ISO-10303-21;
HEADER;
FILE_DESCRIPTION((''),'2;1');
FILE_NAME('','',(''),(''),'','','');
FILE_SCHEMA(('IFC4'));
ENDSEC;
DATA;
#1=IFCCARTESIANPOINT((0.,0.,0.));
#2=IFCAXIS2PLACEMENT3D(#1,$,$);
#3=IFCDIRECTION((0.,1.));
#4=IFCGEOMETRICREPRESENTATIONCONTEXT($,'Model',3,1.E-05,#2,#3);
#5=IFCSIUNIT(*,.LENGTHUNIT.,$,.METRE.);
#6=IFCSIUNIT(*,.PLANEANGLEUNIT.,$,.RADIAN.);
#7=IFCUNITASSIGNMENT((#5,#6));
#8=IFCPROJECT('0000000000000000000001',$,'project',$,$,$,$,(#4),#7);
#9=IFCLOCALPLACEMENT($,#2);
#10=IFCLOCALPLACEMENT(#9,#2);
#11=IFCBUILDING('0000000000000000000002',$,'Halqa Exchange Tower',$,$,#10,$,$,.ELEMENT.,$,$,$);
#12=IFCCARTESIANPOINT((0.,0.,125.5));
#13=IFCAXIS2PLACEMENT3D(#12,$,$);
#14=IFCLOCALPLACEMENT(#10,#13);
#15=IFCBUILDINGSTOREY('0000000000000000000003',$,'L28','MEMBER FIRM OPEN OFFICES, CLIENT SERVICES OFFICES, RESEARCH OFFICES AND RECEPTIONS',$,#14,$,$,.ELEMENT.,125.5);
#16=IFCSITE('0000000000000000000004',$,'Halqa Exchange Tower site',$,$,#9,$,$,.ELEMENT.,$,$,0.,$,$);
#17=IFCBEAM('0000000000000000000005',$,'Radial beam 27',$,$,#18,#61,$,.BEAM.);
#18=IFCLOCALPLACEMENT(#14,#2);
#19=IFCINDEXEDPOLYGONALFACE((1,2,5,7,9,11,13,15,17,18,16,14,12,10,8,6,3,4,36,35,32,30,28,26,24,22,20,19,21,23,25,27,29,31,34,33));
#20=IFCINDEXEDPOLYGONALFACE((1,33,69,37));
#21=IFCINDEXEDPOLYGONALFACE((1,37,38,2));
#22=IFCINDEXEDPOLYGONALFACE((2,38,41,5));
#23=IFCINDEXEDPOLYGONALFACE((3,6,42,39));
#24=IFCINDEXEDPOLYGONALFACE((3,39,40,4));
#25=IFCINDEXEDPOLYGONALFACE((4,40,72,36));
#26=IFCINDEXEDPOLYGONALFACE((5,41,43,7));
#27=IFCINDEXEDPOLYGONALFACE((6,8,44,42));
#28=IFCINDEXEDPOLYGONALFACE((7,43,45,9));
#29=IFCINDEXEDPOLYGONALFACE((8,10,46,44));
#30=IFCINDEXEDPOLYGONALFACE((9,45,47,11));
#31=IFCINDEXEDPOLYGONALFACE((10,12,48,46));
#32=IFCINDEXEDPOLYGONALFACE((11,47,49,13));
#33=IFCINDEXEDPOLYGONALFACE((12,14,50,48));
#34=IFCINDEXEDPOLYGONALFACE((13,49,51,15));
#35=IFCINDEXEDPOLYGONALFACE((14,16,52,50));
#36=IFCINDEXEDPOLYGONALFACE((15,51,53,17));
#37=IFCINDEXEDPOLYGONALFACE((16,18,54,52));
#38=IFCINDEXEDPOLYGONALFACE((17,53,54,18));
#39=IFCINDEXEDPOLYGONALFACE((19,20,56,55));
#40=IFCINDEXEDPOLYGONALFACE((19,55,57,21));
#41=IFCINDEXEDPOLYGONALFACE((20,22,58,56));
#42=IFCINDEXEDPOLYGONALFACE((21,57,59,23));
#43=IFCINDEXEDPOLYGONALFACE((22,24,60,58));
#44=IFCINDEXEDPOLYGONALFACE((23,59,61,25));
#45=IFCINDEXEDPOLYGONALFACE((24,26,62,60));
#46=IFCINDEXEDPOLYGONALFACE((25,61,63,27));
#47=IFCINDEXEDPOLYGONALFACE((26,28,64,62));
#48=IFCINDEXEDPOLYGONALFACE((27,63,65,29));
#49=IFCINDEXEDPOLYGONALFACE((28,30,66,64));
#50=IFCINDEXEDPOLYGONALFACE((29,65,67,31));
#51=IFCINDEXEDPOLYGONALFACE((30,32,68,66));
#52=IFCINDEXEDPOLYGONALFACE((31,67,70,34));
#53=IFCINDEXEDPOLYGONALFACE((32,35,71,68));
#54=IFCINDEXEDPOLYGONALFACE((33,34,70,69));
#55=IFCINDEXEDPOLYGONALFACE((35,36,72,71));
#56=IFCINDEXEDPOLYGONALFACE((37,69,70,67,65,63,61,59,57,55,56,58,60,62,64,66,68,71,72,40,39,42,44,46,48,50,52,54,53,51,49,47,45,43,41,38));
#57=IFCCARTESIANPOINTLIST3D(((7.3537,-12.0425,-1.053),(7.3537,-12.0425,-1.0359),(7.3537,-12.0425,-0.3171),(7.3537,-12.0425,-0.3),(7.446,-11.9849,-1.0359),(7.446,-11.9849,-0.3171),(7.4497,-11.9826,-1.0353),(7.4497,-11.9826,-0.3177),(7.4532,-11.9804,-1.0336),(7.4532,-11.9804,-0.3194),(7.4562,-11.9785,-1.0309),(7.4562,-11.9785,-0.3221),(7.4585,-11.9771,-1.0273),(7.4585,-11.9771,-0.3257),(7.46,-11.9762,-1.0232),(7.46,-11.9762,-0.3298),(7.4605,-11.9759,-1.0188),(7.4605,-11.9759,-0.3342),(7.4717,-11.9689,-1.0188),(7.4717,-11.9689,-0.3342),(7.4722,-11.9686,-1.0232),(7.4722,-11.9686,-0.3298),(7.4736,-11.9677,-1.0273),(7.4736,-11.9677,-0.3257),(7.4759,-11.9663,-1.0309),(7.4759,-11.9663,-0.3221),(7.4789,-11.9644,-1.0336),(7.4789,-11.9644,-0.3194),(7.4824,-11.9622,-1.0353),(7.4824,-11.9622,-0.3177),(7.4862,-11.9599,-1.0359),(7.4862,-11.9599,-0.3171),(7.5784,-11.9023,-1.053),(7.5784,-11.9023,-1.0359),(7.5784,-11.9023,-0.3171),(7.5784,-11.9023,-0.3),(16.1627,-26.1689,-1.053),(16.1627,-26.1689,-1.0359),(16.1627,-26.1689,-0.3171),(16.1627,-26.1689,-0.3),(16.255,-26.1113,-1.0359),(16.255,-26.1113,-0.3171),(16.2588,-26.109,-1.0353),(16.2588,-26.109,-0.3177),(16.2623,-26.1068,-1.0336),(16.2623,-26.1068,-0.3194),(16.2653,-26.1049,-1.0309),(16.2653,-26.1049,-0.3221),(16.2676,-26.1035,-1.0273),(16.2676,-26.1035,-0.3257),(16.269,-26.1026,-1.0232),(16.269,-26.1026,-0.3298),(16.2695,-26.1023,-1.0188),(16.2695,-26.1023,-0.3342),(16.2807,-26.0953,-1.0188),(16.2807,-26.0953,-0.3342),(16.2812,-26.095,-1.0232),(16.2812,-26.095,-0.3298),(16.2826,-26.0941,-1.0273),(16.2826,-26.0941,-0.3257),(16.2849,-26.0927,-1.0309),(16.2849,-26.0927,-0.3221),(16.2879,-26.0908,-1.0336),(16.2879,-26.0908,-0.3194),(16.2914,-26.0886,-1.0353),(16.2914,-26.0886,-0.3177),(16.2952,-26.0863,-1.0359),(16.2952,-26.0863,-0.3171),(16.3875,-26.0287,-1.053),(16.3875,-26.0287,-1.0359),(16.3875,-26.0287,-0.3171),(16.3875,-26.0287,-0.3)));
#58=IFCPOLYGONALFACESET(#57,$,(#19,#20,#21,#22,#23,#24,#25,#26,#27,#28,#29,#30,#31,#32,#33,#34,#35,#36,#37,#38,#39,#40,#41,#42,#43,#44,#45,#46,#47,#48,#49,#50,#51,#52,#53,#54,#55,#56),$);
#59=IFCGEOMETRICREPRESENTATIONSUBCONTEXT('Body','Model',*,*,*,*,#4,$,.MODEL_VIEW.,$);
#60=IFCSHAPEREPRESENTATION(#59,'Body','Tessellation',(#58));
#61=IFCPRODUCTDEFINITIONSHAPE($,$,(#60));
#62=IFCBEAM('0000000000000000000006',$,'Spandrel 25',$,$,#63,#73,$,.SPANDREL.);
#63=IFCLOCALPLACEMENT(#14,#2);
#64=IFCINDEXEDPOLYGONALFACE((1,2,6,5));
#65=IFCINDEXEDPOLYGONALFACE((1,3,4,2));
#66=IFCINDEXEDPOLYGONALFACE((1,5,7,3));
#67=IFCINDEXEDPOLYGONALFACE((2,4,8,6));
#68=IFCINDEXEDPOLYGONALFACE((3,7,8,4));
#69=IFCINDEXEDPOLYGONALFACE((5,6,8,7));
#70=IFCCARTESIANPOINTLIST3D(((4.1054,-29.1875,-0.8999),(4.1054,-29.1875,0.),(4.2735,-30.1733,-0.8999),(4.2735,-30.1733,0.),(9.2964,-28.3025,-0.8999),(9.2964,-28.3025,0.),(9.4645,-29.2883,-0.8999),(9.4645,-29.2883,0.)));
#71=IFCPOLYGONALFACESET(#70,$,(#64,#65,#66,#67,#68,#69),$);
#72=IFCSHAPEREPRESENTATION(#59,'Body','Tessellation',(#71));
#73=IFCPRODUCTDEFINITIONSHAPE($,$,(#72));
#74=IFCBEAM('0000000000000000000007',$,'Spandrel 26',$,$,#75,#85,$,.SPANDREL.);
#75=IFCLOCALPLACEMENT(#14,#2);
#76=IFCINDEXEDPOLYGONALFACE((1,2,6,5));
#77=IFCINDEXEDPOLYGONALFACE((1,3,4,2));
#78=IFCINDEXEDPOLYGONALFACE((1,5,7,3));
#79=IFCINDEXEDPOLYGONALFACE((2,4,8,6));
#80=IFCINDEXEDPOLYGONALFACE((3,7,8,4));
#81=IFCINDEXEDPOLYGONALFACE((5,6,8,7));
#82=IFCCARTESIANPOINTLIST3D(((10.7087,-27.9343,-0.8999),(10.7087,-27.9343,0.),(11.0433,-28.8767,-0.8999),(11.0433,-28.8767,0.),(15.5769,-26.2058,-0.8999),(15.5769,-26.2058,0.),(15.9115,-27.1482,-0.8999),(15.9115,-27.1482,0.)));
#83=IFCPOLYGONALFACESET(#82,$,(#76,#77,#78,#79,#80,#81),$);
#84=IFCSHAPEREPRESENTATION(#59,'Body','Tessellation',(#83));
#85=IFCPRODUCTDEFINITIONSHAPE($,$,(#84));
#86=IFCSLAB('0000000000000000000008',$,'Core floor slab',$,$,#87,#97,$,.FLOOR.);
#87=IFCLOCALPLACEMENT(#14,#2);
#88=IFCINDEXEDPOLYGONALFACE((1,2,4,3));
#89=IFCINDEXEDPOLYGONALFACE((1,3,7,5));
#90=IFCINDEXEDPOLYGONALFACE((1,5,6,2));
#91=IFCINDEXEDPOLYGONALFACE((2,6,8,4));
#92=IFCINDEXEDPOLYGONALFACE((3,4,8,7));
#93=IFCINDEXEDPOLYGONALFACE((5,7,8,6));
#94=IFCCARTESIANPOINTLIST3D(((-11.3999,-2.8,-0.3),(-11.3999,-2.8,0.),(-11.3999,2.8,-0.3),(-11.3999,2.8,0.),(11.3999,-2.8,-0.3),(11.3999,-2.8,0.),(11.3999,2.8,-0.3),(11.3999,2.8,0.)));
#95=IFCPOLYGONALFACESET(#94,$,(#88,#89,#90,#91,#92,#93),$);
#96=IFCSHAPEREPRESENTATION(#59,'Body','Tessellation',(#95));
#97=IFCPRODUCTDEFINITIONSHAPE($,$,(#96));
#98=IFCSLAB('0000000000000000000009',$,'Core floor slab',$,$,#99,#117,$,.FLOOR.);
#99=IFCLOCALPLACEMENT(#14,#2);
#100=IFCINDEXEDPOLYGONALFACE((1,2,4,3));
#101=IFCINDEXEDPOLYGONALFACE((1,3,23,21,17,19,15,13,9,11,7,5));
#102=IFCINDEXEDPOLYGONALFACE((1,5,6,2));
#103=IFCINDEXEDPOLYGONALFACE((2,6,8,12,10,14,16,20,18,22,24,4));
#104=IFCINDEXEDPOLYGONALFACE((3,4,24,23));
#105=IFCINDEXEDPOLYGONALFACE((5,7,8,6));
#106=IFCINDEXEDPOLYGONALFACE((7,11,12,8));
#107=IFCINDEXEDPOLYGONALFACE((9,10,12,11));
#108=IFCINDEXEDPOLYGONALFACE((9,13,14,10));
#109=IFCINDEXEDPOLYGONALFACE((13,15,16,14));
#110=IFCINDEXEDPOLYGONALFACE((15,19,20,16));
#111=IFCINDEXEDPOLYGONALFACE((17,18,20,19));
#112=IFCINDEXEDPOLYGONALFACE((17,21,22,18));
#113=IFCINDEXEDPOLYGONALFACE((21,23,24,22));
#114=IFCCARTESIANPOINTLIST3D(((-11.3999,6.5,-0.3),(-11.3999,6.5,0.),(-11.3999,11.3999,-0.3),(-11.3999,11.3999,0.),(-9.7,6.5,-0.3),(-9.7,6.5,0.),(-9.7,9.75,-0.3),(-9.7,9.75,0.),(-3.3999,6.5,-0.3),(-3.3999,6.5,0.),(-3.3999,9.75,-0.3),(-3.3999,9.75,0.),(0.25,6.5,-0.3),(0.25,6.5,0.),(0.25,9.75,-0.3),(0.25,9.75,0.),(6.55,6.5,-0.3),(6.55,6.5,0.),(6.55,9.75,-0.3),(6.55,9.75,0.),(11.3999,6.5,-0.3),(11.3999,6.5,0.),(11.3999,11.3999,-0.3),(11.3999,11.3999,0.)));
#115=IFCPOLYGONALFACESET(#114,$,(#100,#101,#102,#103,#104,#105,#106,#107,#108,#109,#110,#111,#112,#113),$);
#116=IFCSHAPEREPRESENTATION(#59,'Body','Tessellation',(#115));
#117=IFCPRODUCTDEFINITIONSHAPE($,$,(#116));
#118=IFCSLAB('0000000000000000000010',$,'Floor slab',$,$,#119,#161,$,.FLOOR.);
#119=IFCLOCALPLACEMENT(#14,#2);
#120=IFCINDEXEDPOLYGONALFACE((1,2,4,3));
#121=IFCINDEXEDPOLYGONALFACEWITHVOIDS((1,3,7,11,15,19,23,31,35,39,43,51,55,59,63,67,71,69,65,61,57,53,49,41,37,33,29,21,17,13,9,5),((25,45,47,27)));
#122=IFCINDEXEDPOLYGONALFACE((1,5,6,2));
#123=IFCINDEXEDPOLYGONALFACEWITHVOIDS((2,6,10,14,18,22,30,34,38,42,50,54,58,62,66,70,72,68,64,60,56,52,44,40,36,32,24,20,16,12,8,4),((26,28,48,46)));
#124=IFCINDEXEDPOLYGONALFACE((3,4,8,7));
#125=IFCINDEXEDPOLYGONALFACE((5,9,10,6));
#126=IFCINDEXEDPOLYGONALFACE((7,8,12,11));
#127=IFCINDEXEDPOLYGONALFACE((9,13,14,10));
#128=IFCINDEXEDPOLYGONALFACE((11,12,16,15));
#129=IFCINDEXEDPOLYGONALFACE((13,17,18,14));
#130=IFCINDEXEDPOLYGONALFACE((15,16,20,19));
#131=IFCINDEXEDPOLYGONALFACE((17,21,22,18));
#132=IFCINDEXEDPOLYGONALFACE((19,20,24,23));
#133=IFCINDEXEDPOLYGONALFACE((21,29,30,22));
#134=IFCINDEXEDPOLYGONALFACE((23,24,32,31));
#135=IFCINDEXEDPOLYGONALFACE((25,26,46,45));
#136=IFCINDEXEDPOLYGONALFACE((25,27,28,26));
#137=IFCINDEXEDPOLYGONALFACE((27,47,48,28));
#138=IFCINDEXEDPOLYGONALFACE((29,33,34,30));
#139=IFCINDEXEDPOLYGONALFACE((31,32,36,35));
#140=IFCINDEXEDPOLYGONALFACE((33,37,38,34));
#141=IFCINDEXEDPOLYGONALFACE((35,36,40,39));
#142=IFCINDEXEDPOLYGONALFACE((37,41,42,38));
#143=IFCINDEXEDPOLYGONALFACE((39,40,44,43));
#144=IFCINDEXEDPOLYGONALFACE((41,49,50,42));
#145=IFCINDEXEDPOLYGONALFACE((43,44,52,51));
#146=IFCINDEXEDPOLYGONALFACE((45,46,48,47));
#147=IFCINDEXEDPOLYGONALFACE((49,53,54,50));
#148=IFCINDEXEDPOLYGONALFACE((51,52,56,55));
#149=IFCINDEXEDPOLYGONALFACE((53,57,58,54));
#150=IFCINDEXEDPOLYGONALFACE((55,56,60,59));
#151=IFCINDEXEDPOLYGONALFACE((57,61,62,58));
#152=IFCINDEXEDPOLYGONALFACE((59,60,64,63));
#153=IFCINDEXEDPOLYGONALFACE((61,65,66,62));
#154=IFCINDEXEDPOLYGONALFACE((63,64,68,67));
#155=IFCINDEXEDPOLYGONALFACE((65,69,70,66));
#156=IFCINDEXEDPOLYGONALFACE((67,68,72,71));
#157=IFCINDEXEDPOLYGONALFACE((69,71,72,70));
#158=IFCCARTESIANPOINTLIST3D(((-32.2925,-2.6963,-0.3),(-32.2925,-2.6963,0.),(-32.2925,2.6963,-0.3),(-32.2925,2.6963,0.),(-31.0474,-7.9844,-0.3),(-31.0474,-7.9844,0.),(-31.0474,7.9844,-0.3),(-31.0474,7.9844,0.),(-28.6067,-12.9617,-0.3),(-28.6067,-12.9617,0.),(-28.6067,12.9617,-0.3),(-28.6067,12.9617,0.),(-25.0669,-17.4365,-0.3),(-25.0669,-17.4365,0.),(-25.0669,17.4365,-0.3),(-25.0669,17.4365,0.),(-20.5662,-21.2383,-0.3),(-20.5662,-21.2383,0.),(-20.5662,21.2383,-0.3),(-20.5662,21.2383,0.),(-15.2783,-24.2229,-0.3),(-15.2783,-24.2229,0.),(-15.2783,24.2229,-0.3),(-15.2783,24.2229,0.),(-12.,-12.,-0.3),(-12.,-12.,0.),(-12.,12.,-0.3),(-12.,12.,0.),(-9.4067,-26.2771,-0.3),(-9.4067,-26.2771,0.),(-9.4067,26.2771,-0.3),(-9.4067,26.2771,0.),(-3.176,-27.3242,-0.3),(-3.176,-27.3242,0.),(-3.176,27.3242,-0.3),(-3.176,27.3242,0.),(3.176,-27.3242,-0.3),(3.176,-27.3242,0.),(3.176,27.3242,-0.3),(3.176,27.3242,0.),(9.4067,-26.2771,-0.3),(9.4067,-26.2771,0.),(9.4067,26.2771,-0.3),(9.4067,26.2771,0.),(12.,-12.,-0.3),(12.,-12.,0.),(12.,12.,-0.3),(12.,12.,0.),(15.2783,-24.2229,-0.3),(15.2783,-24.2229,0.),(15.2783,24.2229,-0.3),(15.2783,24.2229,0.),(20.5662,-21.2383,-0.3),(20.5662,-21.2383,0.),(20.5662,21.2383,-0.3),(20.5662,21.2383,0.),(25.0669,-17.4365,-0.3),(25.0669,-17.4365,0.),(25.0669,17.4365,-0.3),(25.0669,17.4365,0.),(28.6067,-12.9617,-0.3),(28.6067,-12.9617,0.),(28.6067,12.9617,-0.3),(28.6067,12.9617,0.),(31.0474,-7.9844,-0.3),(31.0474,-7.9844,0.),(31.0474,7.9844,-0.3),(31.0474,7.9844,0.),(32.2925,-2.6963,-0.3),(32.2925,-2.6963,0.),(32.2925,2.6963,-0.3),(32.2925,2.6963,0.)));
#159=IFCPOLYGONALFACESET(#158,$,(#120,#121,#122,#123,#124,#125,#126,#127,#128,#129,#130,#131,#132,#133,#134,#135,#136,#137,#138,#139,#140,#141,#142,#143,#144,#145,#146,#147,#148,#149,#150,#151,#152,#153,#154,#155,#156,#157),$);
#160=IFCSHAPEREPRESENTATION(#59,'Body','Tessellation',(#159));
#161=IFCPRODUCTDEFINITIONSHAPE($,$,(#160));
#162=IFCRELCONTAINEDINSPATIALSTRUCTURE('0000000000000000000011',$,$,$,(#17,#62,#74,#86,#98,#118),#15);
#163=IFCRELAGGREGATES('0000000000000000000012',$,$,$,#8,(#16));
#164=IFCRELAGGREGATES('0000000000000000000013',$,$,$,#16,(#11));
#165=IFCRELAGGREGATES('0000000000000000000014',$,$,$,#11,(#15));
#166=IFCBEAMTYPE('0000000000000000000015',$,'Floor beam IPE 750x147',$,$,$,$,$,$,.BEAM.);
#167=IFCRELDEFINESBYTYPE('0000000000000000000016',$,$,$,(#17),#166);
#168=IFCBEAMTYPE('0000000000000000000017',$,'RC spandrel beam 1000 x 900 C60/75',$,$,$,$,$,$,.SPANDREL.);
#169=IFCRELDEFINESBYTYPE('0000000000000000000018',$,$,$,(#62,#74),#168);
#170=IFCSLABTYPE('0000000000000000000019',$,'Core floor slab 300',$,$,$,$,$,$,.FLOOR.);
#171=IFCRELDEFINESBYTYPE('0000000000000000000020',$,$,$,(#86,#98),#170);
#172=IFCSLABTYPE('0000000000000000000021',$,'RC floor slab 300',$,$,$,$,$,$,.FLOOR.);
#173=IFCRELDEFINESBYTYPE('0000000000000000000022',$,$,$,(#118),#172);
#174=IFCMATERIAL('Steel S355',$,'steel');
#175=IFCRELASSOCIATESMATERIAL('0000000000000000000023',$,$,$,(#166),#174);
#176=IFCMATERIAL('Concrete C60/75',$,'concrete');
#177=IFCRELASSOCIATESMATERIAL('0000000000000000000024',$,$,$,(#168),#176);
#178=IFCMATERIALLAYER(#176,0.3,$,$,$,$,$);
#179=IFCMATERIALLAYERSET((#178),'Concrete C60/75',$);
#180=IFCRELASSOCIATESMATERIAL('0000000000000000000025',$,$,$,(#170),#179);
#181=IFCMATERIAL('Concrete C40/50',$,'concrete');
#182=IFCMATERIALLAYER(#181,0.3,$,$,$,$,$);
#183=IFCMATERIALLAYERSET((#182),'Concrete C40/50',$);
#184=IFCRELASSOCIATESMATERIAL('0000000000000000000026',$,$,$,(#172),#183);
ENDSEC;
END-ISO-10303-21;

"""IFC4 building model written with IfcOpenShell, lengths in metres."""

from ifc_helpers import new_model, si_unit, direction, frame, origin, origin_2d, place, context, subcontext, project, spatial, polyline, rectangle, i_section, outline, extrude, material, layer, layer_set, material_profile, profile_set, type_object, element, save


model = new_model("IFC4")

# Units and contexts
model_context = context("Model", 3, precision=1e-05, world=origin(), true_north=direction((0.0, 1.0)))
body_context = subcontext(model_context, "Body", "Model", "MODEL_VIEW")
ifc_project = project(units=[si_unit("LENGTHUNIT", "METRE"), si_unit("PLANEANGLEUNIT", "RADIAN")], contexts=[model_context])

# Site, building, storey
site_placement = place(None, origin())
site = spatial("IfcSite", under=ifc_project, at=site_placement, Name="Halqa Exchange Tower site", CompositionType="ELEMENT", RefElevation=0.0)
building_placement = place(site_placement, origin())
building = spatial("IfcBuilding", under=site, at=building_placement, Name="Halqa Exchange Tower", CompositionType="ELEMENT")
storey_placement = place(building_placement, frame((0.0, 0.0, 125.5)))
storey = spatial("IfcBuildingStorey", under=building, at=storey_placement, Name="L28", Description="MEMBER FIRM OPEN OFFICES, CLIENT SERVICES OFFICES, RESEARCH OFFICES AND RECEPTIONS", CompositionType="ELEMENT", Elevation=125.5)

# Beams
ifc_material_1 = material(Name="Steel S355", Category="steel")
ifc_material_profile_1 = material_profile(ifc_material_1, i_section(OverallWidth=0.2649, OverallDepth=0.7529, WebThickness=0.0132, FlangeThickness=0.0171, FilletRadius=0.0171, at=origin_2d()), Name="IPE 750x147")
ifc_profile_set_1 = profile_set([ifc_material_profile_1], Name="Steel S355")
beam_type_1 = type_object("IfcBeamType", Name="Floor beam IPE 750x147", PredefinedType="BEAM", material=ifc_profile_set_1)
beam_1_placement = place(storey_placement, frame((7.4661, -11.9724, -0.6765), z_axis=(0.529137, -0.848537, 0.0), x_axis=(0.848537, 0.529137, 0.0)))
element("IfcBeam", 1, at=beam_1_placement, inside=storey, type_object=beam_type_1, Name="Radial beam 27", PredefinedType="BEAM", context=body_context, shape_type="SweptSolid", body=[
    extrude(i_section(OverallWidth=0.2649, OverallDepth=0.7529, WebThickness=0.0132, FlangeThickness=0.0171, FilletRadius=0.0171, at=origin_2d()), origin(), (0.0, 0.0, 1.0), 16.6479),
])
ifc_material_2 = material(Name="Concrete C60/75", Category="concrete")
ifc_material_profile_2 = material_profile(ifc_material_2, rectangle(XDim=1.0, YDim=0.8999, at=origin_2d()), Name="1000 x 900")
ifc_profile_set_2 = profile_set([ifc_material_profile_2], Name="Concrete C60/75")
beam_type_2 = type_object("IfcBeamType", Name="RC spandrel beam 1000 x 900 C60/75", PredefinedType="SPANDREL", material=ifc_profile_set_2)
beam_2_placement = place(storey_placement, frame((4.1895, -29.6804, -0.45), z_axis=(0.985776, 0.168067, 0.0), x_axis=(-0.168067, 0.985776, 0.0)))
element("IfcBeam", 2, at=beam_2_placement, inside=storey, type_object=beam_type_2, Name="Spandrel 25", PredefinedType="SPANDREL", context=body_context, shape_type="SweptSolid", body=[
    extrude(rectangle(XDim=1.0, YDim=0.8999, at=origin_2d()), origin(), (0.0, 0.0, 1.0), 5.2659),
])
beam_3_placement = place(storey_placement, frame((10.876, -28.4055, -0.45), z_axis=(0.94236, 0.334599, 0.0), x_axis=(-0.334599, 0.94236, 0.0)))
element("IfcBeam", 3, at=beam_3_placement, inside=storey, type_object=beam_type_2, Name="Spandrel 26", PredefinedType="SPANDREL", context=body_context, shape_type="SweptSolid", body=[
    extrude(rectangle(XDim=1.0, YDim=0.8999, at=origin_2d()), origin(), (0.0, 0.0, 1.0), 5.166),
])

# Slabs
ifc_layer_1 = layer(ifc_material_2, 0.3)
ifc_layer_set_1 = layer_set([ifc_layer_1], Name="Concrete C60/75")
slab_type_1 = type_object("IfcSlabType", Name="Core floor slab 300", PredefinedType="FLOOR", material=ifc_layer_set_1)
slab_1_placement = place(storey_placement, frame((0.0, 0.0, -0.3)))
element("IfcSlab", 4, at=slab_1_placement, inside=storey, type_object=slab_type_1, Name="Core floor slab", PredefinedType="FLOOR", context=body_context, shape_type="SweptSolid", body=[
    extrude(outline(polyline([(-11.3999, 2.8), (11.3999, 2.8), (11.3999, -2.8), (-11.3999, -2.8), (-11.3999, 2.8)])), origin(), (0.0, 0.0, 1.0), 0.3),
])
slab_2_placement = place(storey_placement, frame((0.0, 0.0, -0.3)))
element("IfcSlab", 5, at=slab_2_placement, inside=storey, type_object=slab_type_1, Name="Core floor slab", PredefinedType="FLOOR", context=body_context, shape_type="SweptSolid", body=[
    extrude(outline(polyline([(-11.3999, 11.3999), (11.3999, 11.3999), (11.3999, 6.5), (6.55, 6.5), (6.55, 9.75), (0.25, 9.75), (0.25, 6.5), (-3.3999, 6.5), (-3.3999, 9.75), (-9.7, 9.75), (-9.7, 6.5), (-11.3999, 6.5), (-11.3999, 11.3999)])), origin(), (0.0, 0.0, 1.0), 0.3),
])
ifc_material_3 = material(Name="Concrete C40/50", Category="concrete")
ifc_layer_2 = layer(ifc_material_3, 0.3)
ifc_layer_set_2 = layer_set([ifc_layer_2], Name="Concrete C40/50")
slab_type_2 = type_object("IfcSlabType", Name="RC floor slab 300", PredefinedType="FLOOR", material=ifc_layer_set_2)
slab_3_placement = place(storey_placement, frame((0.0, 0.0, -0.3)))
element("IfcSlab", 6, at=slab_3_placement, inside=storey, type_object=slab_type_2, Name="Floor slab", PredefinedType="FLOOR", context=body_context, shape_type="SweptSolid", body=[
    extrude(outline(polyline([(32.2925, 2.6963), (31.0474, 7.9844), (28.6067, 12.9617), (25.0669, 17.4365), (20.5662, 21.2383), (15.2783, 24.2229), (9.4067, 26.2771), (3.176, 27.3242), (-3.176, 27.3242), (-9.4067, 26.2771), (-15.2783, 24.2229), (-20.5662, 21.2383), (-25.0669, 17.4365), (-28.6067, 12.9617), (-31.0474, 7.9844), (-32.2925, 2.6963), (-32.2925, -2.6963), (-31.0474, -7.9844), (-28.6067, -12.9617), (-25.0669, -17.4365), (-20.5662, -21.2383), (-15.2783, -24.2229), (-9.4067, -26.2771), (-3.176, -27.3242), (3.176, -27.3242), (9.4067, -26.2771), (15.2783, -24.2229), (20.5662, -21.2383), (25.0669, -17.4365), (28.6067, -12.9617), (31.0474, -7.9844), (32.2925, -2.6963), (32.2925, 2.6963)]), holes=[polyline([(-12.0, -12.0), (12.0, -12.0), (12.0, 12.0), (-12.0, 12.0), (-12.0, -12.0)])]), origin(), (0.0, 0.0, 1.0), 0.3),
])

save(model, "model.ifc")
